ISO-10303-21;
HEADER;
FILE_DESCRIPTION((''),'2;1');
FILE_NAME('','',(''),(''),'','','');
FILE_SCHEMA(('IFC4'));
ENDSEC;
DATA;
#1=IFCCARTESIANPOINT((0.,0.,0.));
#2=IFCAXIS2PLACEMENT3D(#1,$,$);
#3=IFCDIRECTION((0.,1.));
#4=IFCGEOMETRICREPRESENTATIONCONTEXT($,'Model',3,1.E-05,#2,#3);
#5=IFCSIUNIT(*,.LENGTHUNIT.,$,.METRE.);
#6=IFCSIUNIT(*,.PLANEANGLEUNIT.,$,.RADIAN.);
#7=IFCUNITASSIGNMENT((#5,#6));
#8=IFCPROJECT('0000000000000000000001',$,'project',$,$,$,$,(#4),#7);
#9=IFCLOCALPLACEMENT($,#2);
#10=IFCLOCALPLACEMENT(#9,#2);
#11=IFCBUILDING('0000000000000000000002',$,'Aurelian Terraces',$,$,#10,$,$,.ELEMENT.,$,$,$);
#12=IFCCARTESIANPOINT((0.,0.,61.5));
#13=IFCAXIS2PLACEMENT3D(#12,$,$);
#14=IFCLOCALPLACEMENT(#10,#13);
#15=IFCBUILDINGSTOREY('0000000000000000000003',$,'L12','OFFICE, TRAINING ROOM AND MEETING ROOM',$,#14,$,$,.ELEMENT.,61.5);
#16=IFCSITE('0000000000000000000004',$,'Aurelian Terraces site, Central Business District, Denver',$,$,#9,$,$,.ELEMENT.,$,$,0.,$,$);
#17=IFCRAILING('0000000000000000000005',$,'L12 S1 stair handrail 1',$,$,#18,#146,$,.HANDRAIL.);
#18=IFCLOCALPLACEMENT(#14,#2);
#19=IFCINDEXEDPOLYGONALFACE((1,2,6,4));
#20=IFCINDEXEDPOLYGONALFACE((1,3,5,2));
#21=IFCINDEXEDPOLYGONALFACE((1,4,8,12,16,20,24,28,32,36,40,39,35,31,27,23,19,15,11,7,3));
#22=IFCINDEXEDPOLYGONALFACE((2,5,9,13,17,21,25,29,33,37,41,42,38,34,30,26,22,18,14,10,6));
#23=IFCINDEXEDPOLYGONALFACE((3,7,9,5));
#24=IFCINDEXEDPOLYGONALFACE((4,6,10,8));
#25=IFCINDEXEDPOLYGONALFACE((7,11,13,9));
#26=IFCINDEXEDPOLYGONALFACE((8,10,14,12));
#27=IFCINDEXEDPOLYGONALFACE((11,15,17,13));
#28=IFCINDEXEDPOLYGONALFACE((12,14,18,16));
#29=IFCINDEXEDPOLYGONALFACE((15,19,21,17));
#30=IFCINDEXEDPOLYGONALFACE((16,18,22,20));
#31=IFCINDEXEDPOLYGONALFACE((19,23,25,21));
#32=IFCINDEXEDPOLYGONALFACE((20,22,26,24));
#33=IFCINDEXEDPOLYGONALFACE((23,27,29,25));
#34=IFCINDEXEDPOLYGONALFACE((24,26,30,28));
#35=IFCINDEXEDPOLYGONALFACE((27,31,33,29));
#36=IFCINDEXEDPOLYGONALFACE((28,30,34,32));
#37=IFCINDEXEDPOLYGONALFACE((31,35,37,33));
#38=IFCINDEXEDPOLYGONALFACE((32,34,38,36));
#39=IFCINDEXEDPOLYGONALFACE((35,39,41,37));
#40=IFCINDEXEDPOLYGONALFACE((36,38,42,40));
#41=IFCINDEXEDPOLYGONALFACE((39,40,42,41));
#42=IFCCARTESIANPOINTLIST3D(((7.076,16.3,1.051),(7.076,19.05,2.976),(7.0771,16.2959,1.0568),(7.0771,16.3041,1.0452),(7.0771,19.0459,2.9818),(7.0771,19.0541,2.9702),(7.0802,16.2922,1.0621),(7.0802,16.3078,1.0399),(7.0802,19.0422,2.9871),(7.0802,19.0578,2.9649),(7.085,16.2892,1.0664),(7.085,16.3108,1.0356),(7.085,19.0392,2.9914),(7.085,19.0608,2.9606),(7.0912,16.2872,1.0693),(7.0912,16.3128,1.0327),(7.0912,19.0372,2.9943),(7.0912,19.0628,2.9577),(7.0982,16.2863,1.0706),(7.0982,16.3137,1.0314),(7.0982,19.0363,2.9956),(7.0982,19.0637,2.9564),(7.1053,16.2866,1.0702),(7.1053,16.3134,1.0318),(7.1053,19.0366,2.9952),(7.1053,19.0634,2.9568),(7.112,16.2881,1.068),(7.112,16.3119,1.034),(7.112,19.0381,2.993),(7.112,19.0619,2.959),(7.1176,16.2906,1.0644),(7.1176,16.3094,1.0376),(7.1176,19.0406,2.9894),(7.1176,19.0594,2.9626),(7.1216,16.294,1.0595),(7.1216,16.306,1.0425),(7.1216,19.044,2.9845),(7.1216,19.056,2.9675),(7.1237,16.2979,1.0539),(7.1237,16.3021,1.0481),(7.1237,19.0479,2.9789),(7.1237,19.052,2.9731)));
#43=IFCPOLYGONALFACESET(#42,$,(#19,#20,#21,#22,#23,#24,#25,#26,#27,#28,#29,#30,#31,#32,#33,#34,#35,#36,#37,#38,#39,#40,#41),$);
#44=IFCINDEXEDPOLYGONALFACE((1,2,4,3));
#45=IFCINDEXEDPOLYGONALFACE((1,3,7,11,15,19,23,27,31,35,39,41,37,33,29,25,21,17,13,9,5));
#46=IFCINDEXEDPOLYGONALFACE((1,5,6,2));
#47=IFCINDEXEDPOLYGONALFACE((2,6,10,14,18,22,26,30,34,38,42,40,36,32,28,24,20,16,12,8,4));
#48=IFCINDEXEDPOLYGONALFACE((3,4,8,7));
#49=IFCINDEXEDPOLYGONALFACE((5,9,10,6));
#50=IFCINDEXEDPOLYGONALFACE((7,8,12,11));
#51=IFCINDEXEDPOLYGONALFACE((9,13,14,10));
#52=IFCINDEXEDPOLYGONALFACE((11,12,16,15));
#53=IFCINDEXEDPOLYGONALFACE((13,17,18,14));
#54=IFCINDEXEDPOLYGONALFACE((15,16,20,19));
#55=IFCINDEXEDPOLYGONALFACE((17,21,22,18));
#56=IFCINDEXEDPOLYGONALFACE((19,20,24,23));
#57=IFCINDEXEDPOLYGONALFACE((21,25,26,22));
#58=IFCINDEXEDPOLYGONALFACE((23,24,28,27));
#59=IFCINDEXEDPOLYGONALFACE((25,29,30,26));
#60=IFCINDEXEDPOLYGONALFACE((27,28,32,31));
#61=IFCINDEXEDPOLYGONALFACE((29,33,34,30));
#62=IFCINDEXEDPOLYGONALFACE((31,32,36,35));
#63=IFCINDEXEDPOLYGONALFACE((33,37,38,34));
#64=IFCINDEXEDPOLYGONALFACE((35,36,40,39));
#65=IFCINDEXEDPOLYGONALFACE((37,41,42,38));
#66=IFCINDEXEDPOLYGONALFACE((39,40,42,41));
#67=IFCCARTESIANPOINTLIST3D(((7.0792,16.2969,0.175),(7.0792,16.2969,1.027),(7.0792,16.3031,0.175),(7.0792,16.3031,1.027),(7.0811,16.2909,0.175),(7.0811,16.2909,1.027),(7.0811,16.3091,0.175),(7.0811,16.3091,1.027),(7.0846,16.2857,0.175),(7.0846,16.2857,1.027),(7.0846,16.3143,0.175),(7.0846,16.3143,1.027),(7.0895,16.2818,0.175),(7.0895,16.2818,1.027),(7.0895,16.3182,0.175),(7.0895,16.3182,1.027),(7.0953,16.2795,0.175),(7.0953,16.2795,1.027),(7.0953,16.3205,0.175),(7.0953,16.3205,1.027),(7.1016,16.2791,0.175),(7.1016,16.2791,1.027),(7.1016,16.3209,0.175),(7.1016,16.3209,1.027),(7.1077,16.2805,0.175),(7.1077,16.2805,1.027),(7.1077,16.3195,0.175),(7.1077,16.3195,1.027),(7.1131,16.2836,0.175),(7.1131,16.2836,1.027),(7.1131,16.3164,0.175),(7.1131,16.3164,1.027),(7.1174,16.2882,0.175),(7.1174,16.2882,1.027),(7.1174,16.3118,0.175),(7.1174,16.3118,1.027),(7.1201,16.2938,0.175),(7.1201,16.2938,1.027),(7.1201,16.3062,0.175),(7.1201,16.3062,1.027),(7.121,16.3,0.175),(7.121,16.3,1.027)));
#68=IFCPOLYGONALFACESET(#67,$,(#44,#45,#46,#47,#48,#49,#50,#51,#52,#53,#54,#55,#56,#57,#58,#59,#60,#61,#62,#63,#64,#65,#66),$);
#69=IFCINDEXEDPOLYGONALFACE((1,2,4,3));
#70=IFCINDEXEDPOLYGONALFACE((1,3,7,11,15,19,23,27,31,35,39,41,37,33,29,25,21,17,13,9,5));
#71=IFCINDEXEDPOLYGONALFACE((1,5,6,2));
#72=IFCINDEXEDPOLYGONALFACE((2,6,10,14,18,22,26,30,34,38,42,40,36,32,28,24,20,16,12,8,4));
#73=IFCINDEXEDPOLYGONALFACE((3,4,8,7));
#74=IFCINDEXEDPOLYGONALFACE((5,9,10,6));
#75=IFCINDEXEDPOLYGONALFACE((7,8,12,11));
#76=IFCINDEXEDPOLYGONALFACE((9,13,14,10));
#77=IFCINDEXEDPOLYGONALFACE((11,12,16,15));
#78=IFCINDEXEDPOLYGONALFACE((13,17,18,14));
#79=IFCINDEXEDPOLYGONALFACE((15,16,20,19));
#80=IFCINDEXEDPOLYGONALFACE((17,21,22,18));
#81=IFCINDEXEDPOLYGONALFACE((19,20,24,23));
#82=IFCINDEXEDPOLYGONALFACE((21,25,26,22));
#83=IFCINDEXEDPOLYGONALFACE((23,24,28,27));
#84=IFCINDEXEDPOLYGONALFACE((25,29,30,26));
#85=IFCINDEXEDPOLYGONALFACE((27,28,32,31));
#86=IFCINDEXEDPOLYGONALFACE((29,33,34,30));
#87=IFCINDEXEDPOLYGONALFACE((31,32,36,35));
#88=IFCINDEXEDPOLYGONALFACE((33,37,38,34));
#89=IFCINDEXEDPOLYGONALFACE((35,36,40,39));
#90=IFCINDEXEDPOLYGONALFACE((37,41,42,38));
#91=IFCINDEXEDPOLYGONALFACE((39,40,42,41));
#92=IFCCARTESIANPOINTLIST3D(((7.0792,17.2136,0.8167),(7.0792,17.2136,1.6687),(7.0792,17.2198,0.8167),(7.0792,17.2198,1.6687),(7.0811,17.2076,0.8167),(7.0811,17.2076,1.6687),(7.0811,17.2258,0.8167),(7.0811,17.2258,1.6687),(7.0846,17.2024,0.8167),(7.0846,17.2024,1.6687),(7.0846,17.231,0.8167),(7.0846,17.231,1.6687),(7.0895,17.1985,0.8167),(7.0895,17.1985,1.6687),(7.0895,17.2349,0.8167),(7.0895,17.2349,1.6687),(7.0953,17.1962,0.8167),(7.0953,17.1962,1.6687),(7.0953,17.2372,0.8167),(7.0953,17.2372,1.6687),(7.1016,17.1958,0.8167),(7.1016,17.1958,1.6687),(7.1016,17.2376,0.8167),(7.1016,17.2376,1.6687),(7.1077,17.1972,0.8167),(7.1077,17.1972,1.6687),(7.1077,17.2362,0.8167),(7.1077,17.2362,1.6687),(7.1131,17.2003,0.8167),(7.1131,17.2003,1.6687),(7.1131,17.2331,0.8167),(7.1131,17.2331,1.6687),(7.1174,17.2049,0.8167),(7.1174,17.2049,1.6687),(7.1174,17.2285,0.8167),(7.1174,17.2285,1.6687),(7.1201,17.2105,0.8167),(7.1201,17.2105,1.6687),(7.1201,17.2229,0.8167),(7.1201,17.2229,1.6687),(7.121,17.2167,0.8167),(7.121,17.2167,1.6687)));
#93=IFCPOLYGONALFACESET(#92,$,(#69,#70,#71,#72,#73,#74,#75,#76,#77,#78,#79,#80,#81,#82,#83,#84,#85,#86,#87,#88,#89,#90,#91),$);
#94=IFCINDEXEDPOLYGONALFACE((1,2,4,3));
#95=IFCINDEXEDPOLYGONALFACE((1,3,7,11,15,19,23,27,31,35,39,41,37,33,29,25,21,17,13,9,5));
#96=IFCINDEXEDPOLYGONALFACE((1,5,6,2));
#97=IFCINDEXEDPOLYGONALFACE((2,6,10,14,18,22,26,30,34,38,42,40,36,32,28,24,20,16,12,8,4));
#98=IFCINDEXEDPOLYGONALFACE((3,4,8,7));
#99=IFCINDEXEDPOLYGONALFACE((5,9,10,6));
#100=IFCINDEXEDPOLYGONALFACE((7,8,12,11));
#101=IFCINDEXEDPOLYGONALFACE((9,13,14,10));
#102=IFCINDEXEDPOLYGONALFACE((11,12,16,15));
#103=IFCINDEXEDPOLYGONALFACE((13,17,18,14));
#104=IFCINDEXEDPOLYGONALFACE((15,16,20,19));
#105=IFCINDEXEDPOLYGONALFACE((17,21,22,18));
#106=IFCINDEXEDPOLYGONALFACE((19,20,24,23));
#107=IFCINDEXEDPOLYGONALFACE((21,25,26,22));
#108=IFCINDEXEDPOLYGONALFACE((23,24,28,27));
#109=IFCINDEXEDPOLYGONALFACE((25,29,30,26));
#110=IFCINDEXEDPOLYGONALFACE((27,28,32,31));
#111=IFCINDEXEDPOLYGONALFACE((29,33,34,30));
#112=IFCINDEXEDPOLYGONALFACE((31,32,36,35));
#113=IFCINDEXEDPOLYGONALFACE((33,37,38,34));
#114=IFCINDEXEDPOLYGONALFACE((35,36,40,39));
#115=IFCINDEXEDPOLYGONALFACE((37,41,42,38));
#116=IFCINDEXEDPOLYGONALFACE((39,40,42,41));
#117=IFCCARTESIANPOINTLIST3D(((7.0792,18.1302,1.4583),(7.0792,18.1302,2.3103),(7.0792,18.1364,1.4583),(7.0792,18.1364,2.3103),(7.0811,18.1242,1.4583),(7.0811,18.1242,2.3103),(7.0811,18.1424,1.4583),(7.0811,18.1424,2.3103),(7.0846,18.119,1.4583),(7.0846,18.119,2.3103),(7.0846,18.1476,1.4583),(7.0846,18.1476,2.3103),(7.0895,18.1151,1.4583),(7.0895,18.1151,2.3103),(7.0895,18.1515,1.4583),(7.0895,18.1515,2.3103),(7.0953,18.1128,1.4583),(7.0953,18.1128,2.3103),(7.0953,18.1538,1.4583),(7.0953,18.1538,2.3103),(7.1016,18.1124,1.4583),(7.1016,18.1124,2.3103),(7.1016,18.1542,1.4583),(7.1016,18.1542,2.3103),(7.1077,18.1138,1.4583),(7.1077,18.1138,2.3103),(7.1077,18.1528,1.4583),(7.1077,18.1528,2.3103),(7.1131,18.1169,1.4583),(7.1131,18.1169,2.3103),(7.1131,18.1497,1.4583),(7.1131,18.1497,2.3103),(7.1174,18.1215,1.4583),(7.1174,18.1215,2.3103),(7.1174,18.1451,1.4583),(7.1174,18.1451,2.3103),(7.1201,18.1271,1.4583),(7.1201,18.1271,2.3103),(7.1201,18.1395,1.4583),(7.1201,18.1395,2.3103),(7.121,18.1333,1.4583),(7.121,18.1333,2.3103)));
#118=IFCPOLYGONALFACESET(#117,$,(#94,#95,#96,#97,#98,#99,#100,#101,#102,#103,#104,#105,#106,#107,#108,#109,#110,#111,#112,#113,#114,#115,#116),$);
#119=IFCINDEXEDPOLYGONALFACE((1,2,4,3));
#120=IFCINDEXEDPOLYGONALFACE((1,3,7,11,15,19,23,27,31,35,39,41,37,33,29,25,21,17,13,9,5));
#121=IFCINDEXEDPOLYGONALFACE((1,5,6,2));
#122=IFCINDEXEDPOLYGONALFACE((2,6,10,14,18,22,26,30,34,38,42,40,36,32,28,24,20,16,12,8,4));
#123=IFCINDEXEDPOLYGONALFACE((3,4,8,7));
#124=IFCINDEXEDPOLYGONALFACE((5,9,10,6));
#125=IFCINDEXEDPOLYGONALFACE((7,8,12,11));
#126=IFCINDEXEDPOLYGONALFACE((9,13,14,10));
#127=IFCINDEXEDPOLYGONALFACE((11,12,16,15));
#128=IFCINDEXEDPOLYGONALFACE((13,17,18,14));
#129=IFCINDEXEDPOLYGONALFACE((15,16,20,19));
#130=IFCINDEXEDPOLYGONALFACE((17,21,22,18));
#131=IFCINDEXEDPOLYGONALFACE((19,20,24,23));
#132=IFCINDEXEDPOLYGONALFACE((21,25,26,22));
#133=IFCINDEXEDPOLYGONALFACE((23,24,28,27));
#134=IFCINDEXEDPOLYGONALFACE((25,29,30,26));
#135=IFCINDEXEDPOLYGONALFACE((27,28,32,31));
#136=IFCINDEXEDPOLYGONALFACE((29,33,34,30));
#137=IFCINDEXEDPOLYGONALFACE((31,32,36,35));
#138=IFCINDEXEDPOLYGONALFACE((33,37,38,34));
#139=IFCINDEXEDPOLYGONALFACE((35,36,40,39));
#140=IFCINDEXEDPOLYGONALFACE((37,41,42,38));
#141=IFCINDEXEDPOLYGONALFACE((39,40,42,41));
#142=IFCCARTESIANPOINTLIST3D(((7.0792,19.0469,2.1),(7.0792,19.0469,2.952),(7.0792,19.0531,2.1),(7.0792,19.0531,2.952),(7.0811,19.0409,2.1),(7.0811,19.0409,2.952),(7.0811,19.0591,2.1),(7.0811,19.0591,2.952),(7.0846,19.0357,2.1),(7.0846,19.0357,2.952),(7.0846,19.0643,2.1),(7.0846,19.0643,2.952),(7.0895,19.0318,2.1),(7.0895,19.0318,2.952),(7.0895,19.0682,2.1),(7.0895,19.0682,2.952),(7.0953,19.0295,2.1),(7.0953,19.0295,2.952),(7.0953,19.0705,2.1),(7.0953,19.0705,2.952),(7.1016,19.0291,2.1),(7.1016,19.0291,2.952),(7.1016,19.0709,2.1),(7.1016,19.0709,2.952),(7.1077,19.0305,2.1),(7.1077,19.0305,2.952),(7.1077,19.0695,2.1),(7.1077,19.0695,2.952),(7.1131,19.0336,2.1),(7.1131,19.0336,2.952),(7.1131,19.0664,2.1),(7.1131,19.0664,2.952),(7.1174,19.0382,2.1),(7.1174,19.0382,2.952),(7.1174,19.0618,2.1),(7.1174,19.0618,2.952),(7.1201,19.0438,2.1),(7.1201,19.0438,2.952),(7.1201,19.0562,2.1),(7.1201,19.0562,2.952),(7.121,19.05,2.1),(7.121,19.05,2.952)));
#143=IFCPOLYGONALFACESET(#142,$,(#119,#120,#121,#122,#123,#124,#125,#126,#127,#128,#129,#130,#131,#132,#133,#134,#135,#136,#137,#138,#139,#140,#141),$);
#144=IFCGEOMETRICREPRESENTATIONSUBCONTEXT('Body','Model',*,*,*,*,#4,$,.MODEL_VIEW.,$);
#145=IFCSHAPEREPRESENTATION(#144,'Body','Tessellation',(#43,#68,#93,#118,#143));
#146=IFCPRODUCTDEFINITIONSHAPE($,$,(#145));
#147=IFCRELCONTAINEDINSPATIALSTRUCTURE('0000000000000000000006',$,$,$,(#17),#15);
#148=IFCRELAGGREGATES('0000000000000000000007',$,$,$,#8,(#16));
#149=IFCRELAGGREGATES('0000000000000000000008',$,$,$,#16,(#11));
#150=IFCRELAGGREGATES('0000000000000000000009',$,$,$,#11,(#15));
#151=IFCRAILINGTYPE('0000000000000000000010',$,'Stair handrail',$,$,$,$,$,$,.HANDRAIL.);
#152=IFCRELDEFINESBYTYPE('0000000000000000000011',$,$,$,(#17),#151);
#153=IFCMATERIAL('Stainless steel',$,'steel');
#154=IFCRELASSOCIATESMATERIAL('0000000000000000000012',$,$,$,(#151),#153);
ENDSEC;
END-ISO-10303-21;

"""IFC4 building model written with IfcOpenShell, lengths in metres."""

from ifc_helpers import new_model, si_unit, direction, frame, origin, origin_2d, place, context, subcontext, project, spatial, circle, extrude, source, transform, mapped, material, type_object, element, save


model = new_model("IFC4")

# Units and contexts
model_context = context("Model", 3, precision=1e-05, world=origin(), true_north=direction((0.0, 1.0)))
body_context = subcontext(model_context, "Body", "Model", "MODEL_VIEW")
ifc_project = project(units=[si_unit("LENGTHUNIT", "METRE"), si_unit("PLANEANGLEUNIT", "RADIAN")], contexts=[model_context])

# Site, building, storey
site_placement = place(None, origin())
site = spatial("IfcSite", under=ifc_project, at=site_placement, Name="Aurelian Terraces site, Central Business District, Denver", CompositionType="ELEMENT", RefElevation=0.0)
building_placement = place(site_placement, origin())
building = spatial("IfcBuilding", under=site, at=building_placement, Name="Aurelian Terraces", CompositionType="ELEMENT")
storey_placement = place(building_placement, frame((0.0, 0.0, 61.5)))
storey = spatial("IfcBuildingStorey", under=building, at=storey_placement, Name="L12", Description="OFFICE, TRAINING ROOM AND MEETING ROOM", CompositionType="ELEMENT", Elevation=61.5)

# Shared definitions
ifc_material_1 = material(Name="Stainless steel", Category="steel")

# Railing
railing_type_1 = type_object("IfcRailingType", Name="Stair handrail", PredefinedType="HANDRAIL", material=ifc_material_1)
shared_shape_1 = source(origin(), body_context, "Body", "SweptSolid", [
    extrude(circle(Radius=0.024, at=origin_2d()), frame((0.0, 0.0, 0.876), z_axis=(0.0, 0.819232, 0.573462), x_axis=(-1.0, 0.0, 0.0)), (0.0, 0.0, 1.0), 3.3568),
    extrude(circle(Radius=0.021, at=origin_2d()), origin(), (0.0, 0.0, 1.0), 0.852),
    extrude(circle(Radius=0.021, at=origin_2d()), frame((0.0, 0.9167, 0.6417)), (0.0, 0.0, 1.0), 0.852),
    extrude(circle(Radius=0.021, at=origin_2d()), frame((0.0, 1.8333, 1.2833)), (0.0, 0.0, 1.0), 0.852),
    extrude(circle(Radius=0.021, at=origin_2d()), frame((0.0, 2.75, 1.925)), (0.0, 0.0, 1.0), 0.852),
])
railing_1_placement = place(storey_placement, frame((7.1, 16.3, 0.175)))
element("IfcRailing", 1, at=railing_1_placement, inside=storey, type_object=railing_type_1, Name="L12 S1 stair handrail 1", PredefinedType="HANDRAIL", context=body_context, shape_type="MappedRepresentation", body=[
    mapped(shared_shape_1, transform((0.0, 0.0, 0.0), scale=1.0)),
])

save(model, "model.ifc")
